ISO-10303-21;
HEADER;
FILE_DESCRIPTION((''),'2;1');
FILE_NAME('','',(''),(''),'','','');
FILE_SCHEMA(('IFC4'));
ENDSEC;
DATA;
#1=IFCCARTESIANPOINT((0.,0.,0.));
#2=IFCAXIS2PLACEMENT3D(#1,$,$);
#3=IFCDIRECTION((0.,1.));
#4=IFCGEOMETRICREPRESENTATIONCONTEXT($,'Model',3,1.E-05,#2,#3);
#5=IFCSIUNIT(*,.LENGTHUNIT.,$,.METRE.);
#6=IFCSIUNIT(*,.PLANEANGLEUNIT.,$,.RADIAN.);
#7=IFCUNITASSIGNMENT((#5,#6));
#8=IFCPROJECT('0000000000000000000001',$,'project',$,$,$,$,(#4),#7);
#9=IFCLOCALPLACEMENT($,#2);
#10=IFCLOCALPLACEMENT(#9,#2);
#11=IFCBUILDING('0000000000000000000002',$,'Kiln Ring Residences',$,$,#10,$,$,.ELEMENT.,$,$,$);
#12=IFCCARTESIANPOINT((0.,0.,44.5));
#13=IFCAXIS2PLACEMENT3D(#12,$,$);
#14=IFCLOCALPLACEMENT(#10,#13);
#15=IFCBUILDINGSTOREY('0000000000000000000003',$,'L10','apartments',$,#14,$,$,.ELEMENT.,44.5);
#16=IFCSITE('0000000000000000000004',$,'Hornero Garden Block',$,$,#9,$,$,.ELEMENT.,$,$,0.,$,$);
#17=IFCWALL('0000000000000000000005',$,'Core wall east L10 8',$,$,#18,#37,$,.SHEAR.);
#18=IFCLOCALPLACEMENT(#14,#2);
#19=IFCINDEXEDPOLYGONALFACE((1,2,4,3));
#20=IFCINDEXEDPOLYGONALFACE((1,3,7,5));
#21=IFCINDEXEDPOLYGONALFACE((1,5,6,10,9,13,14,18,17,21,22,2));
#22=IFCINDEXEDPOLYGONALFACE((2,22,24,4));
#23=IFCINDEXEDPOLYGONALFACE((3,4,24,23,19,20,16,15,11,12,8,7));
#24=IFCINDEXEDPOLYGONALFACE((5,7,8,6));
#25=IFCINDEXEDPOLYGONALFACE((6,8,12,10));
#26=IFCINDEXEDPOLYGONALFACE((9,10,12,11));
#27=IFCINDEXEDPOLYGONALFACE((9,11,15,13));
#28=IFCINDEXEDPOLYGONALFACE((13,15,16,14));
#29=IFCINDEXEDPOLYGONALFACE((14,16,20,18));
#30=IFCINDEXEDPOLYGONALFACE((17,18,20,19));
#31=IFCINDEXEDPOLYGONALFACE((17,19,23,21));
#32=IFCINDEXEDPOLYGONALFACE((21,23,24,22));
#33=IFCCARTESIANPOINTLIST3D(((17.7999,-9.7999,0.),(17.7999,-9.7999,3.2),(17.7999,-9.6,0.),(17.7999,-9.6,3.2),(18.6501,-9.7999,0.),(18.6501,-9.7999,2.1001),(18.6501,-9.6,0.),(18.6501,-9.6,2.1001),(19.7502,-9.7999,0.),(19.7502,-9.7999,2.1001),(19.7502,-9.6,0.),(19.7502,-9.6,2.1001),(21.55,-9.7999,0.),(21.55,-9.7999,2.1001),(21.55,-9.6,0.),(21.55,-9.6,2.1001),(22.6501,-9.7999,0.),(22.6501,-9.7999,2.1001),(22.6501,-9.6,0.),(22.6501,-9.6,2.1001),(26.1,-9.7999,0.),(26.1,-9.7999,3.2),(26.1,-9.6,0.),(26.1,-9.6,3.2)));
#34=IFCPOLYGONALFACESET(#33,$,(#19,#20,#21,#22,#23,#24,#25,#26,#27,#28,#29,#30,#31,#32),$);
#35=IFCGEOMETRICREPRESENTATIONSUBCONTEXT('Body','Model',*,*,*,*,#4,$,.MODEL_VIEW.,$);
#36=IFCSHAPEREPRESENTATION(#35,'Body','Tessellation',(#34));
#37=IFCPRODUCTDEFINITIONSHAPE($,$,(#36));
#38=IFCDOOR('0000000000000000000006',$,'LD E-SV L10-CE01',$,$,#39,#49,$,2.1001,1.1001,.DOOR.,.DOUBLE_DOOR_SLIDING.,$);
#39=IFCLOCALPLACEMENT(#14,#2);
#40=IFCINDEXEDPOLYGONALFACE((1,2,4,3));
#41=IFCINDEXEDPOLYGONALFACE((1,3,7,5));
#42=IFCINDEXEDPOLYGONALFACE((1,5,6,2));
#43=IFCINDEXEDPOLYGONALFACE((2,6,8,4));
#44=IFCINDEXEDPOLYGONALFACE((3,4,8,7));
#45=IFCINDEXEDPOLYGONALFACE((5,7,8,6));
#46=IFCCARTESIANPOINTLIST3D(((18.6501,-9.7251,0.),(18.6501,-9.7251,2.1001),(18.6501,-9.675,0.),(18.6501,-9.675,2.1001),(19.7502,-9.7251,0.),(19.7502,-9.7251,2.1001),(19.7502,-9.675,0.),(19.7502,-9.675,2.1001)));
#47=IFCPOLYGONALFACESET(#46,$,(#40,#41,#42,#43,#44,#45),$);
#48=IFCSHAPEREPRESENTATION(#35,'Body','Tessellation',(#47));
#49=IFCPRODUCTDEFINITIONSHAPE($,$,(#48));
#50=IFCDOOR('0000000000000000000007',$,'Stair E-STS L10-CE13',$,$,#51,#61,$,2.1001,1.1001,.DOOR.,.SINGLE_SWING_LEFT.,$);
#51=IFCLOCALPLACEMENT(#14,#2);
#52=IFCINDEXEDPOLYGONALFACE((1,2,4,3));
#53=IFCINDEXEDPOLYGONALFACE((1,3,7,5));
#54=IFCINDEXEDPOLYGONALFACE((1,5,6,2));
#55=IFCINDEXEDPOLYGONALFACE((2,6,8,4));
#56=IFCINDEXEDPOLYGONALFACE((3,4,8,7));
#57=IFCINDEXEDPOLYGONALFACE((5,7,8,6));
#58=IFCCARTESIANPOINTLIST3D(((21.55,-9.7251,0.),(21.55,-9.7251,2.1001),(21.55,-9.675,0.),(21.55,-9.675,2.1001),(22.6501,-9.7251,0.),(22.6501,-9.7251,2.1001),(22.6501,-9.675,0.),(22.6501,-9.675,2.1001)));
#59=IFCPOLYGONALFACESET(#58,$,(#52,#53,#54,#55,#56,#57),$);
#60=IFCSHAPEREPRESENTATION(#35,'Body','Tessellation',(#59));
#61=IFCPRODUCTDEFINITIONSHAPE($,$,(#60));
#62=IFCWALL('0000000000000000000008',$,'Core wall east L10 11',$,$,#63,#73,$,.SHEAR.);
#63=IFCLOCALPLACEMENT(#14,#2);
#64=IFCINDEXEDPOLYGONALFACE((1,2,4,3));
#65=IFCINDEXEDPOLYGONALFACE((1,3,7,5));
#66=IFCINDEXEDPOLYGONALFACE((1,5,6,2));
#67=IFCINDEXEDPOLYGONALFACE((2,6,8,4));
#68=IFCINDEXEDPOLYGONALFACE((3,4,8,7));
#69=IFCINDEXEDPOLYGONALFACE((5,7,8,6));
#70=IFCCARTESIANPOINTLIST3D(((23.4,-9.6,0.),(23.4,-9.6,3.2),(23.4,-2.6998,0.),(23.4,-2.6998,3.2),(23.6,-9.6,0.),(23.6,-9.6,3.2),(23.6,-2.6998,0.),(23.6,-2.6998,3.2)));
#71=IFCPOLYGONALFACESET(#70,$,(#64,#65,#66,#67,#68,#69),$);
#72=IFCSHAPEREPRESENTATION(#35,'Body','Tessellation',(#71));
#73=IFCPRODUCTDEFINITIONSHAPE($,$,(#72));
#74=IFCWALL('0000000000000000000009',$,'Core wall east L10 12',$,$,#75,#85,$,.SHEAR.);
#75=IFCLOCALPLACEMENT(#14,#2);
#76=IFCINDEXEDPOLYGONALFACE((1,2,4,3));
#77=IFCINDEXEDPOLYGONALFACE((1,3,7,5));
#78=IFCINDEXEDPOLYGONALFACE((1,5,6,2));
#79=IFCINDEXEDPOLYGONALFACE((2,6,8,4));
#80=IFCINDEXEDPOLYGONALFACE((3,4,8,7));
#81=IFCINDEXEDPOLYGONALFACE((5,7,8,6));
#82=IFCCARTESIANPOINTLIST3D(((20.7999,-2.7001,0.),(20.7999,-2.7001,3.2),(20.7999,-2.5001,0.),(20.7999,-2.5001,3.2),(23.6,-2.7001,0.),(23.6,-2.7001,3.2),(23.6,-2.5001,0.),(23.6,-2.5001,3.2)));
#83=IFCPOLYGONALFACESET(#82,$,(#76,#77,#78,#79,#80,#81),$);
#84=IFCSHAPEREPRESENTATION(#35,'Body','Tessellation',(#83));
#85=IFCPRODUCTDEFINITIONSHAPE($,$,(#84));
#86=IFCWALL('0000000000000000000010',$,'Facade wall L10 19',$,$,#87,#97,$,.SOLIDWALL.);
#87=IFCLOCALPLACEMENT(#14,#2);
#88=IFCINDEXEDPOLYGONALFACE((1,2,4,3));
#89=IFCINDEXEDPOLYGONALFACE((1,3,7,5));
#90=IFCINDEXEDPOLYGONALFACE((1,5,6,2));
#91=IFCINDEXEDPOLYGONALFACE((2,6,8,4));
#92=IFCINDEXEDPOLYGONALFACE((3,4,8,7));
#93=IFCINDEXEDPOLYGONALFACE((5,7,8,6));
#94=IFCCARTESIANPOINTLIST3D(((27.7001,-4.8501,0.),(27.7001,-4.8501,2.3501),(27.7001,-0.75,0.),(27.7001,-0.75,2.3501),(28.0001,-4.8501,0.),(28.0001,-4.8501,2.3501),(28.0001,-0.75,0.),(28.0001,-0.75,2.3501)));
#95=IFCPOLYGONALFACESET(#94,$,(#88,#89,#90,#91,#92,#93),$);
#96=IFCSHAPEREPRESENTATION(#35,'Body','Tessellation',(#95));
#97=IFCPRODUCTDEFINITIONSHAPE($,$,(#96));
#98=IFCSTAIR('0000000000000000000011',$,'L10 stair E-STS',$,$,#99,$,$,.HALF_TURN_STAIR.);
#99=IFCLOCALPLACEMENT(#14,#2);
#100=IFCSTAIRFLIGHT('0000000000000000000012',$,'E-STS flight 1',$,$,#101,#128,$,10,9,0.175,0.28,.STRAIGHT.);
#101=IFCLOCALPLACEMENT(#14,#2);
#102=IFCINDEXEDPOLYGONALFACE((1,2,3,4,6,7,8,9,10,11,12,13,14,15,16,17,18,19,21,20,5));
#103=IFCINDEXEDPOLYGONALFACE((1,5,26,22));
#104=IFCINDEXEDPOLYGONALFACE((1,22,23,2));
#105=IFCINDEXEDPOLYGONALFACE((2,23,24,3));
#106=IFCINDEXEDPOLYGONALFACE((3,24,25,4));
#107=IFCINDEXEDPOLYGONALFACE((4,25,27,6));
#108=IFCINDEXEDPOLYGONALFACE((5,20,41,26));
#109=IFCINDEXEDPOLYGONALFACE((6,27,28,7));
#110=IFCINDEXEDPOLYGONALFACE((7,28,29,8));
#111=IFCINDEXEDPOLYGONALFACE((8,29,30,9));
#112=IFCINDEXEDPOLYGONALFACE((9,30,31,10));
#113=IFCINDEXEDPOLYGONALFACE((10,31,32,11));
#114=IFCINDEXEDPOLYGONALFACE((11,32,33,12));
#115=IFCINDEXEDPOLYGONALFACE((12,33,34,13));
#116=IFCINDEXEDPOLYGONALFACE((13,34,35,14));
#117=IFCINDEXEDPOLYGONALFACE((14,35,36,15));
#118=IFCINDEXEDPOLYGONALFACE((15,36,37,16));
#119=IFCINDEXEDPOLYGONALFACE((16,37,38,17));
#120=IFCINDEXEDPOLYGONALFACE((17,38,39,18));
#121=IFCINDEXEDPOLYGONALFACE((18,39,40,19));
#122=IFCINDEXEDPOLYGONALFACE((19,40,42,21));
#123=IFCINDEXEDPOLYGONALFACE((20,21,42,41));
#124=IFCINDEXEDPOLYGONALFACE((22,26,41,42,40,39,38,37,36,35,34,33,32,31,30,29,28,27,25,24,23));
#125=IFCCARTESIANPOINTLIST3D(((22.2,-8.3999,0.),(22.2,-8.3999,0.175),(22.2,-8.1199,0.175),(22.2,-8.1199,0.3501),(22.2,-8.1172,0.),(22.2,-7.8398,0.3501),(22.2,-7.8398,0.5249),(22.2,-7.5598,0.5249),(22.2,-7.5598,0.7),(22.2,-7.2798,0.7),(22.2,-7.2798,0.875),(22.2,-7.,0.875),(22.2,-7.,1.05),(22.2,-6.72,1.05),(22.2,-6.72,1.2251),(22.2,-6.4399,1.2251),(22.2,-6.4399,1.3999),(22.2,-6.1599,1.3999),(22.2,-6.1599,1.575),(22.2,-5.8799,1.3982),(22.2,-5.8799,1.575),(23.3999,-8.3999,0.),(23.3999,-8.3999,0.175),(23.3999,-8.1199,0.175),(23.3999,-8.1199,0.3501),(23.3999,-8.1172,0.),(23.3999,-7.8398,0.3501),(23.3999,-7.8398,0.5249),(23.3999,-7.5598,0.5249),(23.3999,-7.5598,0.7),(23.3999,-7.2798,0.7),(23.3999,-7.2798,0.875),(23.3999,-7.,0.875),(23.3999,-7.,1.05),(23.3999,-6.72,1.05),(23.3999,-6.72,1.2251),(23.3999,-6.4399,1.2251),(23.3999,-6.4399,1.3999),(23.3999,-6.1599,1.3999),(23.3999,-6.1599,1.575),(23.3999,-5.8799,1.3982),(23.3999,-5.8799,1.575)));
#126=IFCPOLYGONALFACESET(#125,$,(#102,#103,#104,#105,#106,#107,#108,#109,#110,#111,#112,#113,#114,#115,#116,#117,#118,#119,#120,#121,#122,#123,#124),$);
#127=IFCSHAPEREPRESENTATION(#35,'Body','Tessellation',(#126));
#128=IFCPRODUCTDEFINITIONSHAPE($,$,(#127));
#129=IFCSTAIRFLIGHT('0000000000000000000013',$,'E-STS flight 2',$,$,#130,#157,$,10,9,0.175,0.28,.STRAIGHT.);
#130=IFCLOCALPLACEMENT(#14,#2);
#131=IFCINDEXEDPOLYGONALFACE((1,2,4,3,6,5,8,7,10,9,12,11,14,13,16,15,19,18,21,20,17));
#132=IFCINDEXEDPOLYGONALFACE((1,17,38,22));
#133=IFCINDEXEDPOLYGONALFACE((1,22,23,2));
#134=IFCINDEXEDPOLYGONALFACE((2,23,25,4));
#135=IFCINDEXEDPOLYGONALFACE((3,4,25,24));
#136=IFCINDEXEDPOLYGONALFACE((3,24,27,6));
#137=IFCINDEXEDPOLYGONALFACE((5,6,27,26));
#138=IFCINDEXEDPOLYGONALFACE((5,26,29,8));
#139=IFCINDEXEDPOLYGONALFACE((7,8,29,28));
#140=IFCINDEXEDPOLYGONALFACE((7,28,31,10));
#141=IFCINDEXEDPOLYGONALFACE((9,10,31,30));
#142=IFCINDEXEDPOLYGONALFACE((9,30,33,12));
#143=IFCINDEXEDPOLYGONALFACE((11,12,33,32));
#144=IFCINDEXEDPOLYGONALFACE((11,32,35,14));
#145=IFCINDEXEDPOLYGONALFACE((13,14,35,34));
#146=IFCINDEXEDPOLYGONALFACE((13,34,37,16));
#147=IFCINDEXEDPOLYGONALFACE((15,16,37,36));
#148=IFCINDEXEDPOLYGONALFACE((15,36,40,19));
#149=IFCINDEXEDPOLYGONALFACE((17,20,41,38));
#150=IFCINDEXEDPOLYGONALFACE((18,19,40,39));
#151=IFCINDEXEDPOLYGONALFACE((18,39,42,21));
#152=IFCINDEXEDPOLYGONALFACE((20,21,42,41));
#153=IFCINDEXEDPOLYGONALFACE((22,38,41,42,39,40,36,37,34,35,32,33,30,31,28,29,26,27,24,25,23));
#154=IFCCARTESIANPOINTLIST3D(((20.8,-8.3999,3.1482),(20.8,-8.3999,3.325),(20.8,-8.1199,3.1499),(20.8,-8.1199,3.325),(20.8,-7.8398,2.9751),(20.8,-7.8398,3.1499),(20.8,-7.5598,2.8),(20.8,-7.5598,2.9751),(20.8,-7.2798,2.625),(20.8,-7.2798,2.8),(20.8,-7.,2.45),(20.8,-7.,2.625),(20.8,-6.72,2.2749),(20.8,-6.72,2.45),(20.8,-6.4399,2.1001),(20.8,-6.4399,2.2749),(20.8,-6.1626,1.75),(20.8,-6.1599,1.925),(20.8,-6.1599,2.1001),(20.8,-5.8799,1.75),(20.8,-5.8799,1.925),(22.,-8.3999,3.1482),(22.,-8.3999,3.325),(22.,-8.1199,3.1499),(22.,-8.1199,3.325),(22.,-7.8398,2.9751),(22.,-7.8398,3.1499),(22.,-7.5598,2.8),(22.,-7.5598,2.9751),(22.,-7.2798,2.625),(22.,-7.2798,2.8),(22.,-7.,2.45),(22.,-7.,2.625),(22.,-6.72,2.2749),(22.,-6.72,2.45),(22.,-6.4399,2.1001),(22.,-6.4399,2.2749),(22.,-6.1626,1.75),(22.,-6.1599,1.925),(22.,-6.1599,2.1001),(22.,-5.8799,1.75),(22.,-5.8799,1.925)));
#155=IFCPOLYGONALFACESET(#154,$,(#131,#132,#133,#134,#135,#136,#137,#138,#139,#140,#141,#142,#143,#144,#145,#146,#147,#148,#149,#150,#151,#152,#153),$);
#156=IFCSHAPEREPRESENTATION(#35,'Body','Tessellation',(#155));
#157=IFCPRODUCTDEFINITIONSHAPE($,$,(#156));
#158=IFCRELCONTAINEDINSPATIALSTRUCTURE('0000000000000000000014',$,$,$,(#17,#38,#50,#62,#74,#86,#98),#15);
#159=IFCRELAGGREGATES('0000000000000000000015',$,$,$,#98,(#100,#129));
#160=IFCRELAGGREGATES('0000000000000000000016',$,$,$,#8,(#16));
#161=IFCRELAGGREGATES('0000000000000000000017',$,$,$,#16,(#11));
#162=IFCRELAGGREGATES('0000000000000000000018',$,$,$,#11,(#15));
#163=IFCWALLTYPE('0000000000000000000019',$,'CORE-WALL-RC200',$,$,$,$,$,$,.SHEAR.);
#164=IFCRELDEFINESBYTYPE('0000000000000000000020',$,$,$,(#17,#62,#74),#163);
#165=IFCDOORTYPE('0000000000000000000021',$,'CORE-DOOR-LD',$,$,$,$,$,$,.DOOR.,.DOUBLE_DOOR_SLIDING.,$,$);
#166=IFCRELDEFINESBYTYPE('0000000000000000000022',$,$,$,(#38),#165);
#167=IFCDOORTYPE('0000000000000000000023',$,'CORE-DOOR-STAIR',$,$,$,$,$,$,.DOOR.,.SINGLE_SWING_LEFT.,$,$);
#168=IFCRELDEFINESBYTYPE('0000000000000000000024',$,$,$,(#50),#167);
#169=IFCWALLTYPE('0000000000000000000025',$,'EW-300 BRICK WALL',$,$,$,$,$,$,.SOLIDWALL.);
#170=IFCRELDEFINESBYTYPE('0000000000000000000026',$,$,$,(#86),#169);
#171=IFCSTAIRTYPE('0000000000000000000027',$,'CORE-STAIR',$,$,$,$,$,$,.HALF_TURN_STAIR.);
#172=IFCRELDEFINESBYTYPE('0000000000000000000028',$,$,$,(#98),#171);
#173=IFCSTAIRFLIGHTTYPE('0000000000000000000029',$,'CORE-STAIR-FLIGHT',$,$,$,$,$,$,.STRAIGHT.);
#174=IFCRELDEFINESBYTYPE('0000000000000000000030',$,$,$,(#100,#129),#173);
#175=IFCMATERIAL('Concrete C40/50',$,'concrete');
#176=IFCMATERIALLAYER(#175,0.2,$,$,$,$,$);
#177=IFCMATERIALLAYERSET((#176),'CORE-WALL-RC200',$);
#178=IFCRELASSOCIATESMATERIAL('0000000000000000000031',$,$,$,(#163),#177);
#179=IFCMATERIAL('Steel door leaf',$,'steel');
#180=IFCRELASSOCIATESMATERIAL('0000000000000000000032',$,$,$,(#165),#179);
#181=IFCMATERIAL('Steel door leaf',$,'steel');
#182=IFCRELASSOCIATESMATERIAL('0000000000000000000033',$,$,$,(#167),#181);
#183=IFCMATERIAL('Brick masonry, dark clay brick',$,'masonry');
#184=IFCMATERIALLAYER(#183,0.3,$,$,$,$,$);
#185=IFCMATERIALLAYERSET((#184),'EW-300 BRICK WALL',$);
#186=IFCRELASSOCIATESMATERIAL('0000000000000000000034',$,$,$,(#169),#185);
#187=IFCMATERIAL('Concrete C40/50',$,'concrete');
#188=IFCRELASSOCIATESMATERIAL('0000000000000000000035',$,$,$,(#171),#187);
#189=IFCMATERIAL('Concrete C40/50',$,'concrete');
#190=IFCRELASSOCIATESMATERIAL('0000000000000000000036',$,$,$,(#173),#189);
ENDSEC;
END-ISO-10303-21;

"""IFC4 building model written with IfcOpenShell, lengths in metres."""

from ifc_helpers import new_model, si_unit, direction, frame, frame_2d, origin, place, context, subcontext, project, spatial, polyline, rectangle, outline, extrude, material, layer, layer_set, type_object, element, fill, aggregate, save


model = new_model("IFC4")

# Units and contexts
model_context = context("Model", 3, precision=1e-05, world=origin(), true_north=direction((0.0, 1.0)))
body_context = subcontext(model_context, "Body", "Model", "MODEL_VIEW")
ifc_project = project(units=[si_unit("LENGTHUNIT", "METRE"), si_unit("PLANEANGLEUNIT", "RADIAN")], contexts=[model_context])

# Site, building, storey
site_placement = place(None, origin())
site = spatial("IfcSite", under=ifc_project, at=site_placement, Name="Hornero Garden Block", CompositionType="ELEMENT", RefElevation=0.0)
building_placement = place(site_placement, origin())
building = spatial("IfcBuilding", under=site, at=building_placement, Name="Kiln Ring Residences", CompositionType="ELEMENT")
storey_placement = place(building_placement, frame((0.0, 0.0, 44.5)))
storey = spatial("IfcBuildingStorey", under=building, at=storey_placement, Name="L10", Description="apartments", CompositionType="ELEMENT", Elevation=44.5)

# Shared definitions
ifc_material_1 = material(Name="Concrete C40/50", Category="concrete")
ifc_layer_1 = layer(ifc_material_1, 0.2)
ifc_layer_set_1 = layer_set([ifc_layer_1], Name="CORE-WALL-RC200")
wall_type_1 = type_object("IfcWallType", Name="CORE-WALL-RC200", PredefinedType="SHEAR", material=ifc_layer_set_1)

# Wall, openings, doors
wall_1_placement = place(storey_placement, frame((17.8, -9.7, 0.0), z_axis=(0.0, 0.0, 1.0), x_axis=(1.0, 0.0, 0.0)))
wall_1 = element("IfcWall", 1, at=wall_1_placement, inside=storey, type_object=wall_type_1, Name="Core wall east L10 8", PredefinedType="SHEAR", context=body_context, shape_type="SweptSolid", body=[
    extrude(rectangle(XDim=8.3, YDim=0.2, at=frame_2d((4.1499, 0.0))), origin(), (0.0, 0.0, 1.0), 3.2),
])
opening_1_placement = place(wall_1_placement, frame((0.8501, 0.0, 0.0)))
opening_1 = element("IfcOpeningElement", 2, at=opening_1_placement, cuts=wall_1, PredefinedType="OPENING", context=body_context, shape_type="SweptSolid", body=[
    extrude(rectangle(XDim=1.1001, YDim=2.1001, at=frame_2d((0.55, 1.05))), frame((0.0, 0.1099, 0.0), z_axis=(0.0, -1.0, 0.0), x_axis=(1.0, 0.0, 0.0)), (0.0, 0.0, 1.0), 0.22),
])
opening_2_placement = place(wall_1_placement, frame((3.75, 0.0, 0.0)))
opening_2 = element("IfcOpeningElement", 3, at=opening_2_placement, cuts=wall_1, PredefinedType="OPENING", context=body_context, shape_type="SweptSolid", body=[
    extrude(rectangle(XDim=1.1001, YDim=2.1001, at=frame_2d((0.55, 1.05))), frame((0.0, 0.1099, 0.0), z_axis=(0.0, -1.0, 0.0), x_axis=(1.0, 0.0, 0.0)), (0.0, 0.0, 1.0), 0.22),
])
ifc_material_2 = material(Name="Steel door leaf", Category="steel")
door_type_1 = type_object("IfcDoorType", Name="CORE-DOOR-LD", OperationType="DOUBLE_DOOR_SLIDING", PredefinedType="DOOR", material=ifc_material_2)
door_1_placement = place(opening_1_placement, origin())
door_1 = element("IfcDoor", 4, at=door_1_placement, inside=storey, type_object=door_type_1, Name="LD E-SV L10-CE01", OperationType="DOUBLE_DOOR_SLIDING", OverallHeight=2.1001, OverallWidth=1.1001, PredefinedType="DOOR", context=body_context, shape_type="SweptSolid", body=[
    extrude(rectangle(XDim=1.1001, YDim=2.1001, at=frame_2d((0.55, 1.05))), frame((0.0, 0.0249, 0.0), z_axis=(0.0, -1.0, 0.0), x_axis=(1.0, 0.0, 0.0)), (0.0, 0.0, 1.0), 0.05),
])
fill(opening_1, door_1)
ifc_material_3 = material(Name="Steel door leaf", Category="steel")
door_type_2 = type_object("IfcDoorType", Name="CORE-DOOR-STAIR", OperationType="SINGLE_SWING_LEFT", PredefinedType="DOOR", material=ifc_material_3)
door_2_placement = place(opening_2_placement, origin())
door_2 = element("IfcDoor", 5, at=door_2_placement, inside=storey, type_object=door_type_2, Name="Stair E-STS L10-CE13", OperationType="SINGLE_SWING_LEFT", OverallHeight=2.1001, OverallWidth=1.1001, PredefinedType="DOOR", context=body_context, shape_type="SweptSolid", body=[
    extrude(rectangle(XDim=1.1001, YDim=2.1001, at=frame_2d((0.55, 1.05))), frame((0.0, 0.0249, 0.0), z_axis=(0.0, -1.0, 0.0), x_axis=(1.0, 0.0, 0.0)), (0.0, 0.0, 1.0), 0.05),
])
fill(opening_2, door_2)

# Walls
wall_2_placement = place(storey_placement, frame((23.5, -9.6001, 0.0), z_axis=(0.0, 0.0, 1.0), x_axis=(0.0, 1.0, 0.0)))
element("IfcWall", 6, at=wall_2_placement, inside=storey, type_object=wall_type_1, Name="Core wall east L10 11", PredefinedType="SHEAR", context=body_context, shape_type="SweptSolid", body=[
    extrude(rectangle(XDim=6.9001, YDim=0.2, at=frame_2d((3.4502, 0.0))), origin(), (0.0, 0.0, 1.0), 3.2),
])
wall_3_placement = place(storey_placement, frame((20.8, -2.6001, 0.0), z_axis=(0.0, 0.0, 1.0), x_axis=(1.0, 0.0, 0.0)))
element("IfcWall", 7, at=wall_3_placement, inside=storey, type_object=wall_type_1, Name="Core wall east L10 12", PredefinedType="SHEAR", context=body_context, shape_type="SweptSolid", body=[
    extrude(rectangle(XDim=2.8, YDim=0.2, at=frame_2d((1.3999, 0.0))), origin(), (0.0, 0.0, 1.0), 3.2),
])
ifc_material_4 = material(Name="Brick masonry, dark clay brick", Category="masonry")
ifc_layer_2 = layer(ifc_material_4, 0.3)
ifc_layer_set_2 = layer_set([ifc_layer_2], Name="EW-300 BRICK WALL")
wall_type_2 = type_object("IfcWallType", Name="EW-300 BRICK WALL", PredefinedType="SOLIDWALL", material=ifc_layer_set_2)
wall_4_placement = place(storey_placement, frame((27.8501, -4.8501, 0.0), z_axis=(0.0, 0.0, 1.0), x_axis=(0.0, 1.0, 0.0)))
element("IfcWall", 8, at=wall_4_placement, inside=storey, type_object=wall_type_2, Name="Facade wall L10 19", PredefinedType="SOLIDWALL", context=body_context, shape_type="SweptSolid", body=[
    extrude(rectangle(XDim=4.1001, YDim=0.3, at=frame_2d((2.05, 0.0))), origin(), (0.0, 0.0, 1.0), 2.3501),
])

# Stair, stair flights
ifc_material_5 = material(Name="Concrete C40/50", Category="concrete")
stair_type = type_object("IfcStairType", Name="CORE-STAIR", PredefinedType="HALF_TURN_STAIR", material=ifc_material_5)
stair_placement = place(storey_placement, origin())
stair = element("IfcStair", 9, at=stair_placement, inside=storey, type_object=stair_type, Name="L10 stair E-STS", PredefinedType="HALF_TURN_STAIR")
ifc_material_6 = material(Name="Concrete C40/50", Category="concrete")
stair_flight_type = type_object("IfcStairFlightType", Name="CORE-STAIR-FLIGHT", PredefinedType="STRAIGHT", material=ifc_material_6)
stair_flight_1_placement = place(storey_placement, frame((22.8, -8.3999, 0.0), z_axis=(0.0, 0.0, 1.0), x_axis=(0.0, 1.0, 0.0)))
stair_flight_1 = element("IfcStairFlight", 10, at=stair_flight_1_placement, type_object=stair_flight_type, Name="E-STS flight 1", NumberOfRisers=10, NumberOfTreads=9, PredefinedType="STRAIGHT", RiserHeight=0.175, TreadLength=0.28, context=body_context, shape_type="SweptSolid", body=[
    extrude(outline(polyline([(0.0, 0.0), (0.0, 0.175), (0.28, 0.175), (0.28, 0.3501), (0.5601, 0.3501), (0.5601, 0.5249), (0.8401, 0.5249), (0.8401, 0.7), (1.1201, 0.7), (1.1201, 0.875), (1.3999, 0.875), (1.3999, 1.05), (1.6799, 1.05), (1.6799, 1.2251), (1.96, 1.2251), (1.96, 1.3999), (2.24, 1.3999), (2.24, 1.575), (2.52, 1.575), (2.52, 1.75), (2.52, 1.3982), (0.2827, 0.0), (0.0, 0.0)])), frame((0.0, 0.6001, 0.0), z_axis=(0.0, -1.0, 0.0), x_axis=(1.0, 0.0, 0.0)), (0.0, 0.0, 1.0), 1.2),
])
stair_flight_2_placement = place(storey_placement, frame((21.3999, -5.8799, 1.75), z_axis=(0.0, 0.0, 1.0), x_axis=(0.0, -1.0, 0.0)))
stair_flight_2 = element("IfcStairFlight", 11, at=stair_flight_2_placement, type_object=stair_flight_type, Name="E-STS flight 2", NumberOfRisers=10, NumberOfTreads=9, PredefinedType="STRAIGHT", RiserHeight=0.175, TreadLength=0.28, context=body_context, shape_type="SweptSolid", body=[
    extrude(outline(polyline([(0.0, 0.0), (0.0, 0.175), (0.28, 0.175), (0.28, 0.3501), (0.5601, 0.3501), (0.5601, 0.5249), (0.8401, 0.5249), (0.8401, 0.7), (1.1201, 0.7), (1.1201, 0.875), (1.3999, 0.875), (1.3999, 1.05), (1.6799, 1.05), (1.6799, 1.2251), (1.96, 1.2251), (1.96, 1.3999), (2.24, 1.3999), (2.24, 1.575), (2.52, 1.575), (2.52, 1.75), (2.52, 1.3982), (0.2827, 0.0), (0.0, 0.0)])), frame((0.0, 0.6001, 0.0), z_axis=(0.0, -1.0, 0.0), x_axis=(1.0, 0.0, 0.0)), (0.0, 0.0, 1.0), 1.2),
])
aggregate(stair, [stair_flight_1, stair_flight_2])

save(model, "model.ifc")
